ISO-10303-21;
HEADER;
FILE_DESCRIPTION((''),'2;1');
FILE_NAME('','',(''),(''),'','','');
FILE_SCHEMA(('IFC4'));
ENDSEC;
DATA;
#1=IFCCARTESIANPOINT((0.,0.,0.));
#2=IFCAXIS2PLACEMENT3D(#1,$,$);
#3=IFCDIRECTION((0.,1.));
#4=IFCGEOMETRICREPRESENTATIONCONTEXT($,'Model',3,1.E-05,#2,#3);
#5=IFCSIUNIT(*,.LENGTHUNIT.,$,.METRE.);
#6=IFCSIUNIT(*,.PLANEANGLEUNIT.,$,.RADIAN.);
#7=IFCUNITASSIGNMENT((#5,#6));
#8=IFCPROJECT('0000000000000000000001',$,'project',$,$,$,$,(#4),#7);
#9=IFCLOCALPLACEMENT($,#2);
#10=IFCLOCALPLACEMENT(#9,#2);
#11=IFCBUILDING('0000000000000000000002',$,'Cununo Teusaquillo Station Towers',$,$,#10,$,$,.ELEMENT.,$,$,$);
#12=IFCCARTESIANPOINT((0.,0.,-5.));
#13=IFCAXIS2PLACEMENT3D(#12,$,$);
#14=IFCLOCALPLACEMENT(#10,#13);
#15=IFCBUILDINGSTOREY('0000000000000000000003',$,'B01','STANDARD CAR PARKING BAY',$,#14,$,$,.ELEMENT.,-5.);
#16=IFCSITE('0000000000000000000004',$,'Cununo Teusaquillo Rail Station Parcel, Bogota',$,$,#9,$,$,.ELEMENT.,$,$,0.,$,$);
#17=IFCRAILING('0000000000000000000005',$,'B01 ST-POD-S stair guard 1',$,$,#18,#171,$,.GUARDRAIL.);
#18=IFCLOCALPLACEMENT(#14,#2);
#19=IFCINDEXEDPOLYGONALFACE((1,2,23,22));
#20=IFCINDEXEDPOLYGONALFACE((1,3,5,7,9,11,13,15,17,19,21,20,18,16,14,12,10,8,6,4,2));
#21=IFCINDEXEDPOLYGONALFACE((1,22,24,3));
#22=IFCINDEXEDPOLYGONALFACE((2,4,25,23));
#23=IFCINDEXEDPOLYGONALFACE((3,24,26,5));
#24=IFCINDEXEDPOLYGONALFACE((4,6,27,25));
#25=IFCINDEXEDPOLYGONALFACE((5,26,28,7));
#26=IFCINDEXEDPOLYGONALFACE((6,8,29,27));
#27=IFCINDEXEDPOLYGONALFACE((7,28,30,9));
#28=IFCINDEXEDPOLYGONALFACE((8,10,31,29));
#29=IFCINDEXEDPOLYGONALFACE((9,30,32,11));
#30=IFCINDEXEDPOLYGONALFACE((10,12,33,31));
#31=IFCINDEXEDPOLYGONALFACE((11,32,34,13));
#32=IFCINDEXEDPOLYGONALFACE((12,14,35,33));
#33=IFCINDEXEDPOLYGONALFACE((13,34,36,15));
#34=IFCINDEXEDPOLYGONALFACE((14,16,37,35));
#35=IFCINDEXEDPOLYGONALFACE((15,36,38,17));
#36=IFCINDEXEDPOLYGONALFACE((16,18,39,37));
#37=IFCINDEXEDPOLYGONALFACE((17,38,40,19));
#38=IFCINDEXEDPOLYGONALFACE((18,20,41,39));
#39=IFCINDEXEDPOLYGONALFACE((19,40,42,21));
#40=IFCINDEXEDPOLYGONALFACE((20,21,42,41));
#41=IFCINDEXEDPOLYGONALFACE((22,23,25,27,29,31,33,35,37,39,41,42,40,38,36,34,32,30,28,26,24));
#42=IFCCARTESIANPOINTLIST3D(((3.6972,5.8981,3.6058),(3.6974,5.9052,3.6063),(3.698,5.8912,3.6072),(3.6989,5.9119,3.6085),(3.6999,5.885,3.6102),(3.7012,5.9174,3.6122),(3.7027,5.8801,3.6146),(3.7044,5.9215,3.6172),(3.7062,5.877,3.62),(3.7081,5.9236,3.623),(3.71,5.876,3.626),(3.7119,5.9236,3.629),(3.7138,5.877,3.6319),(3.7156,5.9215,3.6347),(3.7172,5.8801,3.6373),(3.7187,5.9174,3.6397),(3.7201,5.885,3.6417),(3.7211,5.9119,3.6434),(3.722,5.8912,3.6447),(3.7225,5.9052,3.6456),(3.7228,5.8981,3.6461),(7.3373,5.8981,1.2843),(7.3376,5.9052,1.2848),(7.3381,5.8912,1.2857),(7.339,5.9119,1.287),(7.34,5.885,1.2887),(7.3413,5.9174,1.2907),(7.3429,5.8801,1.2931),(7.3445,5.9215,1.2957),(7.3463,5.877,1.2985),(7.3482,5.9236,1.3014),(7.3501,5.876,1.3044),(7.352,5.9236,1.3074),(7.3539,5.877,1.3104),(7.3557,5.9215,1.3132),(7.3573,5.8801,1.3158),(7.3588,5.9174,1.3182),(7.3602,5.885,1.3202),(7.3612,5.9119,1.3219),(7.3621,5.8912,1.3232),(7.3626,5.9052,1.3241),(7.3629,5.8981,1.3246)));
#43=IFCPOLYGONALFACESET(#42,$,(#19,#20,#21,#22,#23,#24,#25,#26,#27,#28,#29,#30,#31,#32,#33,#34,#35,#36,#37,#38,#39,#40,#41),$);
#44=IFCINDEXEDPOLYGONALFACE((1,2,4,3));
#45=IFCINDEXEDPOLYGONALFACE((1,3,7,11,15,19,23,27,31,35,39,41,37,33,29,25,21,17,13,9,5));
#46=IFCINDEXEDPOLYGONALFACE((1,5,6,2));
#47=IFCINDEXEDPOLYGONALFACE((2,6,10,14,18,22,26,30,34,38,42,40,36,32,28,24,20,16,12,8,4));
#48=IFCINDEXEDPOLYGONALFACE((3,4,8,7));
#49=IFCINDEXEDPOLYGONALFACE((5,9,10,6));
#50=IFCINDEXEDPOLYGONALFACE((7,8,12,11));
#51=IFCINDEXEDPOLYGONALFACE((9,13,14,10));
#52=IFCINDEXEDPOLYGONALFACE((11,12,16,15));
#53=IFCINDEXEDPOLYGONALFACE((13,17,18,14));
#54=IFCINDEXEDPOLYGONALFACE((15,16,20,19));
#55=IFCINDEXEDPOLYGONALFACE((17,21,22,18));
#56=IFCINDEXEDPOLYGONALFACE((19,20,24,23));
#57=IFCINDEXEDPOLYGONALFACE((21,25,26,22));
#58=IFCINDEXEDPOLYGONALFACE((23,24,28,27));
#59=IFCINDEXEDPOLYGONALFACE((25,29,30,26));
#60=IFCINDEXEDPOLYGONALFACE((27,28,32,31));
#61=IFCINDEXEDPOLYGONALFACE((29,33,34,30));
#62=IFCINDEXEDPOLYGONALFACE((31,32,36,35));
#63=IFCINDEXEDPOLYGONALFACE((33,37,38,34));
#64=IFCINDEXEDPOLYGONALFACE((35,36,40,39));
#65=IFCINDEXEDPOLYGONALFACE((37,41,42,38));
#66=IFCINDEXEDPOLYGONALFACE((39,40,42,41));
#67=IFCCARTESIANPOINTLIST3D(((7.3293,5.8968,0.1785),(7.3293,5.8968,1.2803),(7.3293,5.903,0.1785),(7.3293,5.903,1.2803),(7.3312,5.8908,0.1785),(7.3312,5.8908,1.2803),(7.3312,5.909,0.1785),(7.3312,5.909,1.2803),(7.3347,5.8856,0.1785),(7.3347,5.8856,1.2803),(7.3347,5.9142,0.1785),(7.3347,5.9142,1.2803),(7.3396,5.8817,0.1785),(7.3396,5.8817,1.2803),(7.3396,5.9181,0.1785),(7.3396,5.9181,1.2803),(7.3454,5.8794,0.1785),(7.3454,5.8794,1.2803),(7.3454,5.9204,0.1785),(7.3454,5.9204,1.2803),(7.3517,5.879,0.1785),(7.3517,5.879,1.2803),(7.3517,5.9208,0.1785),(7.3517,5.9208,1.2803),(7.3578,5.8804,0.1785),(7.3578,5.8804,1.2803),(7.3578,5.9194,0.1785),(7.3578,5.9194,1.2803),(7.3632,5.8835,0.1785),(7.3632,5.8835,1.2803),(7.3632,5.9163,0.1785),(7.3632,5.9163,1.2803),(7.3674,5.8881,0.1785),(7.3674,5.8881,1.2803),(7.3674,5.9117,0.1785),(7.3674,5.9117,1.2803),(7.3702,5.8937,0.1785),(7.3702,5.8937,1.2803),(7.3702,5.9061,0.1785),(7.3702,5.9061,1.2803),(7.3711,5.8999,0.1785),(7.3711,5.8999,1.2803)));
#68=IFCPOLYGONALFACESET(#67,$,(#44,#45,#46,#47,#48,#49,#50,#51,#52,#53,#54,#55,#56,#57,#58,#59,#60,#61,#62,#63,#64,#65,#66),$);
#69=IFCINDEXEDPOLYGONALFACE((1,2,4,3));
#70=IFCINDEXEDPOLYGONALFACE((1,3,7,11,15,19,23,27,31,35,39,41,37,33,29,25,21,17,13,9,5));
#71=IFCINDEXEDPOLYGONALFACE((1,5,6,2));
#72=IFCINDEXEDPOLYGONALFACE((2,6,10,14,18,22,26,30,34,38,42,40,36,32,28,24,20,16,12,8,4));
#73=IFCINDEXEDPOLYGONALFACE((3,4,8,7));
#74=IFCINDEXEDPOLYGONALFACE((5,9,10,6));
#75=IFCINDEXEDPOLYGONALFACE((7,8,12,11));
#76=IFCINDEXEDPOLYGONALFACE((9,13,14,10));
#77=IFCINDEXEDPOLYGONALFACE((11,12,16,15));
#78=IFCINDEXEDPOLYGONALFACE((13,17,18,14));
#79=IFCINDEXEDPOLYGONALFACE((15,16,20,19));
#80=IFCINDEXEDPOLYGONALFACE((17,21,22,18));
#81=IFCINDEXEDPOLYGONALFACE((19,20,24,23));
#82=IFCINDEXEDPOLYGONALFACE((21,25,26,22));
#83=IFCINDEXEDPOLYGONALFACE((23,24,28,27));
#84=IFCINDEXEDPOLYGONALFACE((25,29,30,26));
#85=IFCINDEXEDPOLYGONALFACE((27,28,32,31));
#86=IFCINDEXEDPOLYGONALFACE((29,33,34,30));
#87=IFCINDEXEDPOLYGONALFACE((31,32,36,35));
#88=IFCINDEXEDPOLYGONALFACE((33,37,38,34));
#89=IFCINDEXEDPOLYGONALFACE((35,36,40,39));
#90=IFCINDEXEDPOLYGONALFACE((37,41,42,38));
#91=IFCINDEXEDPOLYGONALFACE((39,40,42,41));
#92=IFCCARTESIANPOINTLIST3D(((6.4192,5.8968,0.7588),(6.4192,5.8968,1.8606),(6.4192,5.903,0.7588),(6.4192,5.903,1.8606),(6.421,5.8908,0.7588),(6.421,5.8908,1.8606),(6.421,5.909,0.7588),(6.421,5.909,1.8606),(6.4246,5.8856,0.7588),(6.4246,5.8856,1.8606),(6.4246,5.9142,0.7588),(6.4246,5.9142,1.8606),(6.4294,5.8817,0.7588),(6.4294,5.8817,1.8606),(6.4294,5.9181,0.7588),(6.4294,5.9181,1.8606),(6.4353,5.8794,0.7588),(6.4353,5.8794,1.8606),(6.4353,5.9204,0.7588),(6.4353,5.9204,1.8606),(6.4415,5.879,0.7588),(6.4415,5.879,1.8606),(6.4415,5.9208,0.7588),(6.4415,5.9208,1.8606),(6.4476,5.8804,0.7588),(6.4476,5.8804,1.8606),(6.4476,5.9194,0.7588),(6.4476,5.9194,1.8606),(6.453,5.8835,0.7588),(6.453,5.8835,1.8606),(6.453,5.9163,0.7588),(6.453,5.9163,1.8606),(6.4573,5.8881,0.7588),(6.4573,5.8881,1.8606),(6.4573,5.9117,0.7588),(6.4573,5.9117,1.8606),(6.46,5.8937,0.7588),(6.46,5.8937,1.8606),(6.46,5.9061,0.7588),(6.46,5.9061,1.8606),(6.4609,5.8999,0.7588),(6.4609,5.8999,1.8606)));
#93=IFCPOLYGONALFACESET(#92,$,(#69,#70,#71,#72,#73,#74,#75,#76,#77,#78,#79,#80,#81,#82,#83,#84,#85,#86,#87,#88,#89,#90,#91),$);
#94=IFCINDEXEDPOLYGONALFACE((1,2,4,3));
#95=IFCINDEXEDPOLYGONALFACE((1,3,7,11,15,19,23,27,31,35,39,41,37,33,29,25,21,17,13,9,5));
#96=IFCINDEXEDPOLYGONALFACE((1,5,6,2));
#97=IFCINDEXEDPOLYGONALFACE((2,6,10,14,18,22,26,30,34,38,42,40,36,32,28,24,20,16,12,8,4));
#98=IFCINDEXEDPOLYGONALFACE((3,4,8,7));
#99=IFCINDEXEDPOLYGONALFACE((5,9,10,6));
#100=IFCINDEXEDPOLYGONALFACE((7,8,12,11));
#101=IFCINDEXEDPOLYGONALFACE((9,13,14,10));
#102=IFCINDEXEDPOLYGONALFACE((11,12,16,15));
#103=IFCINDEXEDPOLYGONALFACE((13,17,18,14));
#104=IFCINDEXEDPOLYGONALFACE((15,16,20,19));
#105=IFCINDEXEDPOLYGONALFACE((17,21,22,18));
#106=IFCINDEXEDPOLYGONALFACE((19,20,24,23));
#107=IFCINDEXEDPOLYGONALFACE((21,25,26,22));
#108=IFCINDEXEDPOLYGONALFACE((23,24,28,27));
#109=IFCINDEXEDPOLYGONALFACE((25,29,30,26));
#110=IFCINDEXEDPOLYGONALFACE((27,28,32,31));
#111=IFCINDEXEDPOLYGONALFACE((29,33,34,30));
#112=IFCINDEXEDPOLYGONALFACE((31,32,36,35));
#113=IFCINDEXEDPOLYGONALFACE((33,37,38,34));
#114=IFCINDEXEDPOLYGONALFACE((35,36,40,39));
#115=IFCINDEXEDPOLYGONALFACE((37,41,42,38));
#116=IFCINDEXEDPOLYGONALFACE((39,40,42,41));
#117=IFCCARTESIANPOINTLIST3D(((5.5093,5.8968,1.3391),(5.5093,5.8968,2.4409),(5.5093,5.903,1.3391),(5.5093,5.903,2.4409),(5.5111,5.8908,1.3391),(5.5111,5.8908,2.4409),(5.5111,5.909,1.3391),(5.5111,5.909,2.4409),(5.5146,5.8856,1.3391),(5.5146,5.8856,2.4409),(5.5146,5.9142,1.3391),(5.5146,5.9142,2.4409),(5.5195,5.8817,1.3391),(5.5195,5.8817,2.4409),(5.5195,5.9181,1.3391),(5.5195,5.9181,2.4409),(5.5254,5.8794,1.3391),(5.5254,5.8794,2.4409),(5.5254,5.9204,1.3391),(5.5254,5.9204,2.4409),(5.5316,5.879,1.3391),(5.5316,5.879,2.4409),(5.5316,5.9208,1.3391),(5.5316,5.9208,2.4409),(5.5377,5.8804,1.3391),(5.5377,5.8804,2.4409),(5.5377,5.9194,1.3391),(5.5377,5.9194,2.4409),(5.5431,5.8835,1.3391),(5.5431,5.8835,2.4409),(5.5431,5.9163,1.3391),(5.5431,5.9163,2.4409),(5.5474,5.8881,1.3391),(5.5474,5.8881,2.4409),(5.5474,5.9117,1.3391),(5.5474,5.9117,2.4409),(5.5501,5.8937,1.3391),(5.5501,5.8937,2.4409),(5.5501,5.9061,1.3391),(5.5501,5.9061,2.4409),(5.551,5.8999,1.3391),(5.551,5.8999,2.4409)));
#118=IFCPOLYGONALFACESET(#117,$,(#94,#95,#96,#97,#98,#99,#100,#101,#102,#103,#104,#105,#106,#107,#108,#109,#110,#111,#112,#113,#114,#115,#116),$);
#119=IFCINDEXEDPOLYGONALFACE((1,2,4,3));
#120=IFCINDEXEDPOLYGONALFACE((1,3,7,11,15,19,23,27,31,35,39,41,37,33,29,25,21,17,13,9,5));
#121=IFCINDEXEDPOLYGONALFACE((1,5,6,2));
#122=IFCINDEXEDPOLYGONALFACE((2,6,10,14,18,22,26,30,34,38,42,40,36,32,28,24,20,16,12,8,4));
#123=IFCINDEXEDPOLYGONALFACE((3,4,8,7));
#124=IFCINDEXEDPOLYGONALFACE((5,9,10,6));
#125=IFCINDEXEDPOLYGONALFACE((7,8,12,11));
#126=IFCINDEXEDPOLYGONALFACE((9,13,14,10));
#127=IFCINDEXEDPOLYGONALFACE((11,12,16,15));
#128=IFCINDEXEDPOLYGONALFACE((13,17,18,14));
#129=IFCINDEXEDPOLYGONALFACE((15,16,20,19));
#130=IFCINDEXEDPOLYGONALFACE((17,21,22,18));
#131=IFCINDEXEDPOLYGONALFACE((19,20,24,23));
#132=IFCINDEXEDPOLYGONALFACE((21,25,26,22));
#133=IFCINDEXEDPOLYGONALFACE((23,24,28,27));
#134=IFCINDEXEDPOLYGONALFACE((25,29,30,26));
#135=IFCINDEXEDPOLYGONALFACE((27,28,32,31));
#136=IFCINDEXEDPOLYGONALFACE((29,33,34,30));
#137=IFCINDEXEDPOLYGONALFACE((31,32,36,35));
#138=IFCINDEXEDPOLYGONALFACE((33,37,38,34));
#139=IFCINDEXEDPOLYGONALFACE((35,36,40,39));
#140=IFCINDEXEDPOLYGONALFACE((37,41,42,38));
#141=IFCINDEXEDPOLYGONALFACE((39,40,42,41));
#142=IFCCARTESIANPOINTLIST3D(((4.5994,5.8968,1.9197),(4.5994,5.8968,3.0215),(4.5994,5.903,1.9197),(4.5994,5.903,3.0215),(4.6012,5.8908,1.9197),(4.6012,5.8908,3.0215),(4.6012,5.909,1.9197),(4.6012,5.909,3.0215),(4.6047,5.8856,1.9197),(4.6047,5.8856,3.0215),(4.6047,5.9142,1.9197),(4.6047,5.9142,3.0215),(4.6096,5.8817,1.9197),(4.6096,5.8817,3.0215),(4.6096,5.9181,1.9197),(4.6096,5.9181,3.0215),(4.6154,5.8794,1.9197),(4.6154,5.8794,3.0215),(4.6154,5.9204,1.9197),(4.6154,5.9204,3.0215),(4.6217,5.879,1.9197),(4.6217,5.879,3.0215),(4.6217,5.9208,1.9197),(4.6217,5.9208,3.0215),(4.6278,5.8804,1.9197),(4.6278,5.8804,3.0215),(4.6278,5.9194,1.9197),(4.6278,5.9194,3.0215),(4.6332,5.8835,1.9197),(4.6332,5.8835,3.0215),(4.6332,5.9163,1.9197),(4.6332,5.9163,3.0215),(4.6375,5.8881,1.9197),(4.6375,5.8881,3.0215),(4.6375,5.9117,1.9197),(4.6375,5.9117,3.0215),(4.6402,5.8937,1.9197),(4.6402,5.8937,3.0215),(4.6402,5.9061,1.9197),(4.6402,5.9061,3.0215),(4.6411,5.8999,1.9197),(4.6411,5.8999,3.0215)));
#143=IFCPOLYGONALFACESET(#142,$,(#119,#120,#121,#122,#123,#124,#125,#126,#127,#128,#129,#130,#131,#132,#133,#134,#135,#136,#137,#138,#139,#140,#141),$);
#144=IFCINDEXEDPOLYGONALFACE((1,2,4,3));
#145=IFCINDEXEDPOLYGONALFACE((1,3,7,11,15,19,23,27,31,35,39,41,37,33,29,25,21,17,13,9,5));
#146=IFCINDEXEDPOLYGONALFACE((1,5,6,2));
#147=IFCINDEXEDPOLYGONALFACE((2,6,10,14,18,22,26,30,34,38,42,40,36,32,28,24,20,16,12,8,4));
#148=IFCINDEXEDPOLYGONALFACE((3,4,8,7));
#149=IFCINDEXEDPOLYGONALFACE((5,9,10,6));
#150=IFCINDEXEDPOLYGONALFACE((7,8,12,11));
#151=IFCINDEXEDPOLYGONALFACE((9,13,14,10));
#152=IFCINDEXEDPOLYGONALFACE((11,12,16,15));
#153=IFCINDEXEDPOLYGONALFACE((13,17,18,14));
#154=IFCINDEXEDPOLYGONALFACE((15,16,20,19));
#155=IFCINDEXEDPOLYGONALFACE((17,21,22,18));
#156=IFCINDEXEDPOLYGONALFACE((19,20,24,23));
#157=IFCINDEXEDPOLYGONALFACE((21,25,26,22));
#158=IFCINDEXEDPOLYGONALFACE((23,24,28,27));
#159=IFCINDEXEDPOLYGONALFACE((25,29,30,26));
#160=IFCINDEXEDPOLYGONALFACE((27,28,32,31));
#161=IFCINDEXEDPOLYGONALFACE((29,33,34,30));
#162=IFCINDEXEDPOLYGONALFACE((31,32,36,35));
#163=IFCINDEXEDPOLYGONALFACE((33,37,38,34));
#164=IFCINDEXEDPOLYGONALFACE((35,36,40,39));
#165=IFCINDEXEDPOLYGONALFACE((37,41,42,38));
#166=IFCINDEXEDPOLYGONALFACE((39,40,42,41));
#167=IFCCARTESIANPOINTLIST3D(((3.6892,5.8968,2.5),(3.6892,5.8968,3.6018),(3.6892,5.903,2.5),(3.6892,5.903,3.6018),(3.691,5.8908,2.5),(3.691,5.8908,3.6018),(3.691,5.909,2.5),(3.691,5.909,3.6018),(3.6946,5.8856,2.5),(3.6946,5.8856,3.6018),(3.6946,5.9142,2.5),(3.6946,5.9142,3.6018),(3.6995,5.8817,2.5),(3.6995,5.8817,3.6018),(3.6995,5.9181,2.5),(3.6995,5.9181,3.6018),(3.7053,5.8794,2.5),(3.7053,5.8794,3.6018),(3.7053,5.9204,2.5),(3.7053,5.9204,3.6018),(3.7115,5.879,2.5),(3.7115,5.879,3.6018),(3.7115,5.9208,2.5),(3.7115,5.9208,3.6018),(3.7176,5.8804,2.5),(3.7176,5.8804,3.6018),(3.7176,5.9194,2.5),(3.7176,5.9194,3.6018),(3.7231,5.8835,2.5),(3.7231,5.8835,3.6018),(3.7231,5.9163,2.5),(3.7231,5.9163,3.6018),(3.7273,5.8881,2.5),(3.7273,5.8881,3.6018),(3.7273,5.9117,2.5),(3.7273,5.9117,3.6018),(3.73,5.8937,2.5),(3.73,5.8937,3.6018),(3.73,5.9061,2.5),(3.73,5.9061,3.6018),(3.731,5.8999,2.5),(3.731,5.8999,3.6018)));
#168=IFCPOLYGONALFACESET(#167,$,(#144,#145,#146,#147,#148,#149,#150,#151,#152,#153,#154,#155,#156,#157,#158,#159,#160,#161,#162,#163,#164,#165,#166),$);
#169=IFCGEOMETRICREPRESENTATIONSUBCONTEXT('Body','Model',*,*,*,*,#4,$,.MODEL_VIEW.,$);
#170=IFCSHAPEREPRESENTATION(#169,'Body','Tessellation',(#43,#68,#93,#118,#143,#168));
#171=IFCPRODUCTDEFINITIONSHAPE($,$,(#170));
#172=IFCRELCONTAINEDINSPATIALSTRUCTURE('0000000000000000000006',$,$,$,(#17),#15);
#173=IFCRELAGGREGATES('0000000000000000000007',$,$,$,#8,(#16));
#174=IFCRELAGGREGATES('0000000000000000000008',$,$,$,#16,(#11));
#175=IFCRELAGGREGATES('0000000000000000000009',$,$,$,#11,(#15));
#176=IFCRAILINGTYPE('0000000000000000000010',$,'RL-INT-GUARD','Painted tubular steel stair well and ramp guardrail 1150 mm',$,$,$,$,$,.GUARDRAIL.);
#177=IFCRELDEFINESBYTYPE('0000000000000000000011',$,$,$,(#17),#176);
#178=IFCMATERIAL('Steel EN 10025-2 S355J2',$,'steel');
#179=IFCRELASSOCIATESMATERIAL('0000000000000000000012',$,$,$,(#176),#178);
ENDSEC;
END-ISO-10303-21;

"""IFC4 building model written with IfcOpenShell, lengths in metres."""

from ifc_helpers import new_model, si_unit, direction, frame, origin, origin_2d, place, context, subcontext, project, spatial, circle, extrude, material, type_object, element, save


model = new_model("IFC4")

# Units and contexts
model_context = context("Model", 3, precision=1e-05, world=origin(), true_north=direction((0.0, 1.0)))
body_context = subcontext(model_context, "Body", "Model", "MODEL_VIEW")
ifc_project = project(units=[si_unit("LENGTHUNIT", "METRE"), si_unit("PLANEANGLEUNIT", "RADIAN")], contexts=[model_context])

# Site, building, storey
site_placement = place(None, origin())
site = spatial("IfcSite", under=ifc_project, at=site_placement, Name="Cununo Teusaquillo Rail Station Parcel, Bogota", CompositionType="ELEMENT", RefElevation=0.0)
building_placement = place(site_placement, origin())
building = spatial("IfcBuilding", under=site, at=building_placement, Name="Cununo Teusaquillo Station Towers", CompositionType="ELEMENT")
storey_placement = place(building_placement, frame((0.0, 0.0, -5.0)))
storey = spatial("IfcBuildingStorey", under=building, at=storey_placement, Name="B01", Description="STANDARD CAR PARKING BAY", CompositionType="ELEMENT", Elevation=-5.0)

# Railing
ifc_material_1 = material(Name="Steel EN 10025-2 S355J2", Category="steel")
railing_type_1 = type_object("IfcRailingType", Name="RL-INT-GUARD", Description="Painted tubular steel stair well and ramp guardrail 1150 mm", PredefinedType="GUARDRAIL", material=ifc_material_1)
railing_1_placement = place(storey_placement, frame((7.3501, 5.8999, 0.1785)))
element("IfcRailing", 1, at=railing_1_placement, inside=storey, type_object=railing_type_1, Name="B01 ST-POD-S stair guard 1", PredefinedType="GUARDRAIL", context=body_context, shape_type="SweptSolid", body=[
    extrude(circle(Radius=0.0239, at=origin_2d()), frame((0.0, 0.0, 1.126), z_axis=(-0.843128, 0.0, 0.537713), x_axis=(0.0, -1.0, 0.0)), (0.0, 0.0, 1.0), 4.3174),
    extrude(circle(Radius=0.021, at=origin_2d()), origin(), (0.0, 0.0, 1.0), 1.1018),
    extrude(circle(Radius=0.021, at=origin_2d()), frame((-0.9102, 0.0, 0.5803)), (0.0, 0.0, 1.0), 1.1018),
    extrude(circle(Radius=0.021, at=origin_2d()), frame((-1.8201, 0.0, 1.1606)), (0.0, 0.0, 1.0), 1.1018),
    extrude(circle(Radius=0.021, at=origin_2d()), frame((-2.73, 0.0, 1.7412)), (0.0, 0.0, 1.0), 1.1018),
    extrude(circle(Radius=0.021, at=origin_2d()), frame((-3.6401, 0.0, 2.3215)), (0.0, 0.0, 1.0), 1.1018),
])

save(model, "model.ifc")
